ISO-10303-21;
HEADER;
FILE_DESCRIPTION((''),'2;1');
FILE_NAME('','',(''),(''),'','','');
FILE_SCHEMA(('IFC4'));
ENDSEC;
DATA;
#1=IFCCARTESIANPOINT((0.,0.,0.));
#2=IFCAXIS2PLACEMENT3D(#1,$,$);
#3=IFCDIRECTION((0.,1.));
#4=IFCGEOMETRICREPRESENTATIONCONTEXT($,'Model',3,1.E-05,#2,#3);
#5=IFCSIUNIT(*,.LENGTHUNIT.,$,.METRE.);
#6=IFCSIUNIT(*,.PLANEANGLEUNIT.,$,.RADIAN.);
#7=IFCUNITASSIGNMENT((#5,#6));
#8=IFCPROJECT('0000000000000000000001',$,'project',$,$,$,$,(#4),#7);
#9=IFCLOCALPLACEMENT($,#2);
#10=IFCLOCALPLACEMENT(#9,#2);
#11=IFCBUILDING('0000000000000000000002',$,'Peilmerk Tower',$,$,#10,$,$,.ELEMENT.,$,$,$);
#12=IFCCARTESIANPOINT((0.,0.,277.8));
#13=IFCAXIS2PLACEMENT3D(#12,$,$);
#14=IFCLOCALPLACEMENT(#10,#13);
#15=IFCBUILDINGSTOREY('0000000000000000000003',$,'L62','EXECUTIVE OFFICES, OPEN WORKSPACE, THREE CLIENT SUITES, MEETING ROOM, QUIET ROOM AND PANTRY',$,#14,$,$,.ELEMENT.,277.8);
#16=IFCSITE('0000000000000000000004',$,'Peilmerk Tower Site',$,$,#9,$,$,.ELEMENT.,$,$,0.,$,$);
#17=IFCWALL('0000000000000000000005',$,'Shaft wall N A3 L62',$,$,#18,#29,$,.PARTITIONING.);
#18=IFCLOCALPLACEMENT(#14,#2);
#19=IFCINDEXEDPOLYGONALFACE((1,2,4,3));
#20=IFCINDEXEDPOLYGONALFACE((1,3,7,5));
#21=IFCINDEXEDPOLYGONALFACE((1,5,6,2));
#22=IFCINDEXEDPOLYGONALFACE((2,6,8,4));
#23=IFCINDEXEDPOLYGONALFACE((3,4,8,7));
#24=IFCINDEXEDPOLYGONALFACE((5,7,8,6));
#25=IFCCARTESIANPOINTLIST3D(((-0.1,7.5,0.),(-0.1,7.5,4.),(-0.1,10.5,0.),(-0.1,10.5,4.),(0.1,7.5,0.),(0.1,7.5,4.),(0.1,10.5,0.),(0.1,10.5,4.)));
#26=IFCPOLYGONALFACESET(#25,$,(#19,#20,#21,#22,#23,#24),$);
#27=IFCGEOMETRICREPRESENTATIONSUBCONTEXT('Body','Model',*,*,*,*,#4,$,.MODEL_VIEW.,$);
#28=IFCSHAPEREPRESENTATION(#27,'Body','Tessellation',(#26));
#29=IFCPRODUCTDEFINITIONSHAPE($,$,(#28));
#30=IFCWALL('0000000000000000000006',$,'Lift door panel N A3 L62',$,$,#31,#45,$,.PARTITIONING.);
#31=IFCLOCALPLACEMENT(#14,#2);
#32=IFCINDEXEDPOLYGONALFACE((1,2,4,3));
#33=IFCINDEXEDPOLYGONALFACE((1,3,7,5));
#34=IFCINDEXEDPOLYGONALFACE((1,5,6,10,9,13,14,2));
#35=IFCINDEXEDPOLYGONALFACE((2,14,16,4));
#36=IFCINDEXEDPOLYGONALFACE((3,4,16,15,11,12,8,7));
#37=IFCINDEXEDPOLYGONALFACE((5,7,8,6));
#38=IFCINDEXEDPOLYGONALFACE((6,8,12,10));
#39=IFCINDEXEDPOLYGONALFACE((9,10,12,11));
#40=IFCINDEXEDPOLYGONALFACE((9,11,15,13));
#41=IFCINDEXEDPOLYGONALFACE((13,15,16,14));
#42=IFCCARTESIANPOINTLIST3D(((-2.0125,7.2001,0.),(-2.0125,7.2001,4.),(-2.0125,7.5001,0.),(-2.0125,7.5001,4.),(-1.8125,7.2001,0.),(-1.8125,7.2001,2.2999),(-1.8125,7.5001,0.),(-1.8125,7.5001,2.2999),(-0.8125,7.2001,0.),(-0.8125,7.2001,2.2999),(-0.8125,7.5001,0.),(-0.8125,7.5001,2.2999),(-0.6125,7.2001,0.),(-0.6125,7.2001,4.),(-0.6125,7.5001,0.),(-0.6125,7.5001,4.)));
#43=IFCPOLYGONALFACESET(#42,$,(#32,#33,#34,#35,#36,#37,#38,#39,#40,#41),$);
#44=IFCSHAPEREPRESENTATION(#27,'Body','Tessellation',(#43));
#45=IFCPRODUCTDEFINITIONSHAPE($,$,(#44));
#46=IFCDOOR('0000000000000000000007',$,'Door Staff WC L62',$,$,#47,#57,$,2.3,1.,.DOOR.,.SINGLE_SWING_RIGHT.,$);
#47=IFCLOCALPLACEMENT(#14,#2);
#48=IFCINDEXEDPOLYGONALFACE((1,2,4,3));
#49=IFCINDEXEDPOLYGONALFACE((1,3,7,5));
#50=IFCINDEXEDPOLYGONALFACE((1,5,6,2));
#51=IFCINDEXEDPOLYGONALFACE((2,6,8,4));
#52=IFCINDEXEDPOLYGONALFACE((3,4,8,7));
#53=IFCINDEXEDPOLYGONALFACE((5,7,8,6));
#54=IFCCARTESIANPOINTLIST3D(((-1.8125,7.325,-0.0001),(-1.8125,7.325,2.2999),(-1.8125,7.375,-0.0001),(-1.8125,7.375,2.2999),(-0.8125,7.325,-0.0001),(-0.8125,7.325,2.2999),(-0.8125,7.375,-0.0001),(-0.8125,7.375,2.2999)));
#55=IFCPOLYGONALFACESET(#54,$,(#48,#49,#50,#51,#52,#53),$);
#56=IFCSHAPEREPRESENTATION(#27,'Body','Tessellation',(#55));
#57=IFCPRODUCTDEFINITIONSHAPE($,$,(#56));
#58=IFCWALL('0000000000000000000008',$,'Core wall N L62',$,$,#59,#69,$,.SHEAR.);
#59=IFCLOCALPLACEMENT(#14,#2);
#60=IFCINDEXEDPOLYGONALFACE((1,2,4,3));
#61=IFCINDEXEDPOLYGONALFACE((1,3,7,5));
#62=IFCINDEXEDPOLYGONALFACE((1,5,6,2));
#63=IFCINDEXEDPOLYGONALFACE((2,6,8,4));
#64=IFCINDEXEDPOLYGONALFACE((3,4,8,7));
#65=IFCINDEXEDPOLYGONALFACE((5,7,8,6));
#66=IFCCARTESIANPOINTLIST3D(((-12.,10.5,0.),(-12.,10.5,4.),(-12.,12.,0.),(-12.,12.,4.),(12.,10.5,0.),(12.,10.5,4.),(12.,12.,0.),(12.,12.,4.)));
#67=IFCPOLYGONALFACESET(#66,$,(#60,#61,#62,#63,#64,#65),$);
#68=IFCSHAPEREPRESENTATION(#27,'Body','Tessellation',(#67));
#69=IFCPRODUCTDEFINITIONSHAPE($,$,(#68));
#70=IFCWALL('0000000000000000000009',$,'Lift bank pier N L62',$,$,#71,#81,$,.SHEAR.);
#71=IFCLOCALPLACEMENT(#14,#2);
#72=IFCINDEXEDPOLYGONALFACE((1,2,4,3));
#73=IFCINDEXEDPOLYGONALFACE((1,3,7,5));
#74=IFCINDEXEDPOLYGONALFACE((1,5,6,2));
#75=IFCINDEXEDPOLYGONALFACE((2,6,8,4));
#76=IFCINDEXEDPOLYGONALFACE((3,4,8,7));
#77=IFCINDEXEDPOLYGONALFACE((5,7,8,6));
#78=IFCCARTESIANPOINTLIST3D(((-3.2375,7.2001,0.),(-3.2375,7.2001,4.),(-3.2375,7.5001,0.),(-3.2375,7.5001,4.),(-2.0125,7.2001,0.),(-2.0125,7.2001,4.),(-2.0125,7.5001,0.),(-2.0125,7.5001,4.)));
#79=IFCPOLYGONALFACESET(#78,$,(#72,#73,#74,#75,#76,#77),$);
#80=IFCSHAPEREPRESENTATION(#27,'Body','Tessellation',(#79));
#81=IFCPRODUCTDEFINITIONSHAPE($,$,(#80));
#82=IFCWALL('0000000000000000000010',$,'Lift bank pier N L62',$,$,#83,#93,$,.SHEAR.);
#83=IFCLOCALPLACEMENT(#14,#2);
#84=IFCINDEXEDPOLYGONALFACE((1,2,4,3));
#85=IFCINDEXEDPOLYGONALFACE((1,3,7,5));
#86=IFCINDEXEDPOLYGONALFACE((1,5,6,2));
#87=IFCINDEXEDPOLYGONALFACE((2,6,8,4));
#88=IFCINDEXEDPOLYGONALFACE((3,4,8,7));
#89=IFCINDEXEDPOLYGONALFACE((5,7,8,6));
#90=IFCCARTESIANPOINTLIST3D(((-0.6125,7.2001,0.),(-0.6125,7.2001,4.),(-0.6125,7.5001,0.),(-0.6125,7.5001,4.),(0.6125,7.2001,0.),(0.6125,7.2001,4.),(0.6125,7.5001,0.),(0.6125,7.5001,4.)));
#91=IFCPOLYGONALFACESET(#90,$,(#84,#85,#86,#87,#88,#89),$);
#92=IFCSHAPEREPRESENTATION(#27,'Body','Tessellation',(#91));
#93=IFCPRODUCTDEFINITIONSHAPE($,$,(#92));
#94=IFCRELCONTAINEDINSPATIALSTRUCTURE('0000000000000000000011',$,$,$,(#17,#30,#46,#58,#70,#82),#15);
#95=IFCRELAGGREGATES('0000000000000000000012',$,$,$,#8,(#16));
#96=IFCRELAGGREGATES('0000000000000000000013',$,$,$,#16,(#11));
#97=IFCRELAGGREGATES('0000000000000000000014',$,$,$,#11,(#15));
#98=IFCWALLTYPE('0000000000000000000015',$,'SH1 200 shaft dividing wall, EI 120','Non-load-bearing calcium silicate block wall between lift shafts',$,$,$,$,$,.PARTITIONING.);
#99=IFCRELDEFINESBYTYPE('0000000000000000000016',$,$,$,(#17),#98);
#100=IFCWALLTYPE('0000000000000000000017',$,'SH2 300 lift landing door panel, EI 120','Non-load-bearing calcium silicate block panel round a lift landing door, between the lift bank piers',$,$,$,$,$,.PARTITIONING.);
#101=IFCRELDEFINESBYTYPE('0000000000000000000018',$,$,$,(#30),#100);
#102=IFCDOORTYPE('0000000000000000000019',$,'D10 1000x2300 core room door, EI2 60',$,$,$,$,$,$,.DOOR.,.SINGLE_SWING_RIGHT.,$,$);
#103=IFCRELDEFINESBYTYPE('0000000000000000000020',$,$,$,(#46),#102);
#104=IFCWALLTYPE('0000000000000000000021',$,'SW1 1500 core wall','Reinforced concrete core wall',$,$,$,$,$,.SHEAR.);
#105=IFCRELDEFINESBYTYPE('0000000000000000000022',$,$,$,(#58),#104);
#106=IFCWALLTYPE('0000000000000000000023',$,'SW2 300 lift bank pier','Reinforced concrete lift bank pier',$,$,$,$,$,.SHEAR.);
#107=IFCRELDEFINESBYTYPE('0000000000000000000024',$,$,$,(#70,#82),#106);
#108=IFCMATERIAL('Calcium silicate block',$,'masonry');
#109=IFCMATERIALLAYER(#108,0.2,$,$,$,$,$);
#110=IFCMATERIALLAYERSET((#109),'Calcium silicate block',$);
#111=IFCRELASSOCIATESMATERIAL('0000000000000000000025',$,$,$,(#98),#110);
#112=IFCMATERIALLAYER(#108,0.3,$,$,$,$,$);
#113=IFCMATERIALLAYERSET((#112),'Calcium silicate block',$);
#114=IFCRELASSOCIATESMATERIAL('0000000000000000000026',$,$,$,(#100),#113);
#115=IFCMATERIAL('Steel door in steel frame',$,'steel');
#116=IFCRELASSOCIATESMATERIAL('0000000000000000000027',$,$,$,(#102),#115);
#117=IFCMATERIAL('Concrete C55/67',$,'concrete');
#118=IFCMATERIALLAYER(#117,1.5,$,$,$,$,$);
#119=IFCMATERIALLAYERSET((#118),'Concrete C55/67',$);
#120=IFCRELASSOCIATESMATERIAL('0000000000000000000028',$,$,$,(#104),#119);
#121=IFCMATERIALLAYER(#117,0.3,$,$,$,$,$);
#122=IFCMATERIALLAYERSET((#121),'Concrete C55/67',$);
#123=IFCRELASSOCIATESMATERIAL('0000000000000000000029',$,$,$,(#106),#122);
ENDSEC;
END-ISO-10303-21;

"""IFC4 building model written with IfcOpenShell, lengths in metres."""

from ifc_helpers import new_model, si_unit, direction, frame, frame_2d, origin, place, context, subcontext, project, spatial, rectangle, extrude, material, layer, layer_set, type_object, element, fill, save


model = new_model("IFC4")

# Units and contexts
model_context = context("Model", 3, precision=1e-05, world=origin(), true_north=direction((0.0, 1.0)))
body_context = subcontext(model_context, "Body", "Model", "MODEL_VIEW")
ifc_project = project(units=[si_unit("LENGTHUNIT", "METRE"), si_unit("PLANEANGLEUNIT", "RADIAN")], contexts=[model_context])

# Site, building, storey
site_placement = place(None, origin())
site = spatial("IfcSite", under=ifc_project, at=site_placement, Name="Peilmerk Tower Site", CompositionType="ELEMENT", RefElevation=0.0)
building_placement = place(site_placement, origin())
building = spatial("IfcBuilding", under=site, at=building_placement, Name="Peilmerk Tower", CompositionType="ELEMENT")
storey_placement = place(building_placement, frame((0.0, 0.0, 277.8)))
storey = spatial("IfcBuildingStorey", under=building, at=storey_placement, Name="L62", Description="EXECUTIVE OFFICES, OPEN WORKSPACE, THREE CLIENT SUITES, MEETING ROOM, QUIET ROOM AND PANTRY", CompositionType="ELEMENT", Elevation=277.8)

# Shared definitions
ifc_material_1 = material(Name="Calcium silicate block", Category="masonry")

# Wall
ifc_layer_1 = layer(ifc_material_1, 0.2)
ifc_layer_set_1 = layer_set([ifc_layer_1], Name="Calcium silicate block")
wall_type_1 = type_object("IfcWallType", Name="SH1 200 shaft dividing wall, EI 120", Description="Non-load-bearing calcium silicate block wall between lift shafts", PredefinedType="PARTITIONING", material=ifc_layer_set_1)
for number, where, z_axis, x_axis, name in (
    (1, (0.0, 7.5, 0.0), (0.0, 0.0, 1.0), (0.0, 1.0, 0.0), "Shaft wall N A3 L62"),
):
    element("IfcWall", number, at=place(storey_placement, frame(where, z_axis=z_axis, x_axis=x_axis)), inside=storey, type_object=wall_type_1, Name=name, PredefinedType="PARTITIONING", context=body_context, shape_type="SweptSolid", body=[
        extrude(rectangle(XDim=3.0, YDim=0.2, at=frame_2d((1.5, 0.0))), origin(), (0.0, 0.0, 1.0), 4.0),
    ])

# Wall, opening, door
ifc_layer_2 = layer(ifc_material_1, 0.3)
ifc_layer_set_2 = layer_set([ifc_layer_2], Name="Calcium silicate block")
wall_type_2 = type_object("IfcWallType", Name="SH2 300 lift landing door panel, EI 120", Description="Non-load-bearing calcium silicate block panel round a lift landing door, between the lift bank piers", PredefinedType="PARTITIONING", material=ifc_layer_set_2)
wall_1_placement = place(storey_placement, frame((-2.0125, 7.3501, 0.0), z_axis=(0.0, 0.0, 1.0), x_axis=(1.0, 0.0, 0.0)))
wall_1 = element("IfcWall", 2, at=wall_1_placement, inside=storey, type_object=wall_type_2, Name="Lift door panel N A3 L62", PredefinedType="PARTITIONING", context=body_context, shape_type="SweptSolid", body=[
    extrude(rectangle(XDim=1.3999, YDim=0.3, at=frame_2d((0.7, 0.0))), origin(), (0.0, 0.0, 1.0), 4.0),
])
opening_1_placement = place(wall_1_placement, frame((0.2, 0.0, 0.0)))
opening_1 = element("IfcOpeningElement", 3, at=opening_1_placement, cuts=wall_1, PredefinedType="OPENING", context=body_context, shape_type="SweptSolid", body=[
    extrude(rectangle(XDim=1.0, YDim=2.3, at=frame_2d((0.5, 1.1499))), frame((0.0, 0.1599, 0.0), z_axis=(0.0, -1.0, 0.0), x_axis=(1.0, 0.0, 0.0)), (0.0, 0.0, 1.0), 0.3201),
])
ifc_material_2 = material(Name="Steel door in steel frame", Category="steel")
door_type_1 = type_object("IfcDoorType", Name="D10 1000x2300 core room door, EI2 60", OperationType="SINGLE_SWING_RIGHT", PredefinedType="DOOR", material=ifc_material_2)
door_1_placement = place(opening_1_placement, origin())
door_1 = element("IfcDoor", 4, at=door_1_placement, inside=storey, type_object=door_type_1, Name="Door Staff WC L62", OperationType="SINGLE_SWING_RIGHT", OverallHeight=2.3, OverallWidth=1.0, PredefinedType="DOOR", context=body_context, shape_type="SweptSolid", body=[
    extrude(rectangle(XDim=1.0, YDim=2.3, at=frame_2d((0.5, 1.1499))), frame((0.0, 0.0249, 0.0), z_axis=(0.0, -1.0, 0.0), x_axis=(1.0, 0.0, 0.0)), (0.0, 0.0, 1.0), 0.05),
])
fill(opening_1, door_1)

# Walls
ifc_material_3 = material(Name="Concrete C55/67", Category="concrete")
ifc_layer_3 = layer(ifc_material_3, 1.5)
ifc_layer_set_3 = layer_set([ifc_layer_3], Name="Concrete C55/67")
wall_type_3 = type_object("IfcWallType", Name="SW1 1500 core wall", Description="Reinforced concrete core wall", PredefinedType="SHEAR", material=ifc_layer_set_3)
wall_2_placement = place(storey_placement, frame((-12.0, 11.25, 0.0), z_axis=(0.0, 0.0, 1.0), x_axis=(1.0, 0.0, 0.0)))
element("IfcWall", 5, at=wall_2_placement, inside=storey, type_object=wall_type_3, Name="Core wall N L62", PredefinedType="SHEAR", context=body_context, shape_type="SweptSolid", body=[
    extrude(rectangle(XDim=24.0, YDim=1.5, at=frame_2d((12.0, 0.0))), origin(), (0.0, 0.0, 1.0), 4.0),
])
ifc_layer_4 = layer(ifc_material_3, 0.3)
ifc_layer_set_4 = layer_set([ifc_layer_4], Name="Concrete C55/67")
wall_type_4 = type_object("IfcWallType", Name="SW2 300 lift bank pier", Description="Reinforced concrete lift bank pier", PredefinedType="SHEAR", material=ifc_layer_set_4)
for number, where, z_axis, x_axis, name in (
    (6, (-3.2375, 7.3501, 0.0), (0.0, 0.0, 1.0), (1.0, 0.0, 0.0), "Lift bank pier N L62"),
    (7, (-0.6125, 7.3501, 0.0), (0.0, 0.0, 1.0), (1.0, 0.0, 0.0), "Lift bank pier N L62"),
):
    element("IfcWall", number, at=place(storey_placement, frame(where, z_axis=z_axis, x_axis=x_axis)), inside=storey, type_object=wall_type_4, Name=name, PredefinedType="SHEAR", context=body_context, shape_type="SweptSolid", body=[
        extrude(rectangle(XDim=1.2251, YDim=0.3, at=frame_2d((0.6125, 0.0))), origin(), (0.0, 0.0, 1.0), 4.0),
    ])

save(model, "model.ifc")
